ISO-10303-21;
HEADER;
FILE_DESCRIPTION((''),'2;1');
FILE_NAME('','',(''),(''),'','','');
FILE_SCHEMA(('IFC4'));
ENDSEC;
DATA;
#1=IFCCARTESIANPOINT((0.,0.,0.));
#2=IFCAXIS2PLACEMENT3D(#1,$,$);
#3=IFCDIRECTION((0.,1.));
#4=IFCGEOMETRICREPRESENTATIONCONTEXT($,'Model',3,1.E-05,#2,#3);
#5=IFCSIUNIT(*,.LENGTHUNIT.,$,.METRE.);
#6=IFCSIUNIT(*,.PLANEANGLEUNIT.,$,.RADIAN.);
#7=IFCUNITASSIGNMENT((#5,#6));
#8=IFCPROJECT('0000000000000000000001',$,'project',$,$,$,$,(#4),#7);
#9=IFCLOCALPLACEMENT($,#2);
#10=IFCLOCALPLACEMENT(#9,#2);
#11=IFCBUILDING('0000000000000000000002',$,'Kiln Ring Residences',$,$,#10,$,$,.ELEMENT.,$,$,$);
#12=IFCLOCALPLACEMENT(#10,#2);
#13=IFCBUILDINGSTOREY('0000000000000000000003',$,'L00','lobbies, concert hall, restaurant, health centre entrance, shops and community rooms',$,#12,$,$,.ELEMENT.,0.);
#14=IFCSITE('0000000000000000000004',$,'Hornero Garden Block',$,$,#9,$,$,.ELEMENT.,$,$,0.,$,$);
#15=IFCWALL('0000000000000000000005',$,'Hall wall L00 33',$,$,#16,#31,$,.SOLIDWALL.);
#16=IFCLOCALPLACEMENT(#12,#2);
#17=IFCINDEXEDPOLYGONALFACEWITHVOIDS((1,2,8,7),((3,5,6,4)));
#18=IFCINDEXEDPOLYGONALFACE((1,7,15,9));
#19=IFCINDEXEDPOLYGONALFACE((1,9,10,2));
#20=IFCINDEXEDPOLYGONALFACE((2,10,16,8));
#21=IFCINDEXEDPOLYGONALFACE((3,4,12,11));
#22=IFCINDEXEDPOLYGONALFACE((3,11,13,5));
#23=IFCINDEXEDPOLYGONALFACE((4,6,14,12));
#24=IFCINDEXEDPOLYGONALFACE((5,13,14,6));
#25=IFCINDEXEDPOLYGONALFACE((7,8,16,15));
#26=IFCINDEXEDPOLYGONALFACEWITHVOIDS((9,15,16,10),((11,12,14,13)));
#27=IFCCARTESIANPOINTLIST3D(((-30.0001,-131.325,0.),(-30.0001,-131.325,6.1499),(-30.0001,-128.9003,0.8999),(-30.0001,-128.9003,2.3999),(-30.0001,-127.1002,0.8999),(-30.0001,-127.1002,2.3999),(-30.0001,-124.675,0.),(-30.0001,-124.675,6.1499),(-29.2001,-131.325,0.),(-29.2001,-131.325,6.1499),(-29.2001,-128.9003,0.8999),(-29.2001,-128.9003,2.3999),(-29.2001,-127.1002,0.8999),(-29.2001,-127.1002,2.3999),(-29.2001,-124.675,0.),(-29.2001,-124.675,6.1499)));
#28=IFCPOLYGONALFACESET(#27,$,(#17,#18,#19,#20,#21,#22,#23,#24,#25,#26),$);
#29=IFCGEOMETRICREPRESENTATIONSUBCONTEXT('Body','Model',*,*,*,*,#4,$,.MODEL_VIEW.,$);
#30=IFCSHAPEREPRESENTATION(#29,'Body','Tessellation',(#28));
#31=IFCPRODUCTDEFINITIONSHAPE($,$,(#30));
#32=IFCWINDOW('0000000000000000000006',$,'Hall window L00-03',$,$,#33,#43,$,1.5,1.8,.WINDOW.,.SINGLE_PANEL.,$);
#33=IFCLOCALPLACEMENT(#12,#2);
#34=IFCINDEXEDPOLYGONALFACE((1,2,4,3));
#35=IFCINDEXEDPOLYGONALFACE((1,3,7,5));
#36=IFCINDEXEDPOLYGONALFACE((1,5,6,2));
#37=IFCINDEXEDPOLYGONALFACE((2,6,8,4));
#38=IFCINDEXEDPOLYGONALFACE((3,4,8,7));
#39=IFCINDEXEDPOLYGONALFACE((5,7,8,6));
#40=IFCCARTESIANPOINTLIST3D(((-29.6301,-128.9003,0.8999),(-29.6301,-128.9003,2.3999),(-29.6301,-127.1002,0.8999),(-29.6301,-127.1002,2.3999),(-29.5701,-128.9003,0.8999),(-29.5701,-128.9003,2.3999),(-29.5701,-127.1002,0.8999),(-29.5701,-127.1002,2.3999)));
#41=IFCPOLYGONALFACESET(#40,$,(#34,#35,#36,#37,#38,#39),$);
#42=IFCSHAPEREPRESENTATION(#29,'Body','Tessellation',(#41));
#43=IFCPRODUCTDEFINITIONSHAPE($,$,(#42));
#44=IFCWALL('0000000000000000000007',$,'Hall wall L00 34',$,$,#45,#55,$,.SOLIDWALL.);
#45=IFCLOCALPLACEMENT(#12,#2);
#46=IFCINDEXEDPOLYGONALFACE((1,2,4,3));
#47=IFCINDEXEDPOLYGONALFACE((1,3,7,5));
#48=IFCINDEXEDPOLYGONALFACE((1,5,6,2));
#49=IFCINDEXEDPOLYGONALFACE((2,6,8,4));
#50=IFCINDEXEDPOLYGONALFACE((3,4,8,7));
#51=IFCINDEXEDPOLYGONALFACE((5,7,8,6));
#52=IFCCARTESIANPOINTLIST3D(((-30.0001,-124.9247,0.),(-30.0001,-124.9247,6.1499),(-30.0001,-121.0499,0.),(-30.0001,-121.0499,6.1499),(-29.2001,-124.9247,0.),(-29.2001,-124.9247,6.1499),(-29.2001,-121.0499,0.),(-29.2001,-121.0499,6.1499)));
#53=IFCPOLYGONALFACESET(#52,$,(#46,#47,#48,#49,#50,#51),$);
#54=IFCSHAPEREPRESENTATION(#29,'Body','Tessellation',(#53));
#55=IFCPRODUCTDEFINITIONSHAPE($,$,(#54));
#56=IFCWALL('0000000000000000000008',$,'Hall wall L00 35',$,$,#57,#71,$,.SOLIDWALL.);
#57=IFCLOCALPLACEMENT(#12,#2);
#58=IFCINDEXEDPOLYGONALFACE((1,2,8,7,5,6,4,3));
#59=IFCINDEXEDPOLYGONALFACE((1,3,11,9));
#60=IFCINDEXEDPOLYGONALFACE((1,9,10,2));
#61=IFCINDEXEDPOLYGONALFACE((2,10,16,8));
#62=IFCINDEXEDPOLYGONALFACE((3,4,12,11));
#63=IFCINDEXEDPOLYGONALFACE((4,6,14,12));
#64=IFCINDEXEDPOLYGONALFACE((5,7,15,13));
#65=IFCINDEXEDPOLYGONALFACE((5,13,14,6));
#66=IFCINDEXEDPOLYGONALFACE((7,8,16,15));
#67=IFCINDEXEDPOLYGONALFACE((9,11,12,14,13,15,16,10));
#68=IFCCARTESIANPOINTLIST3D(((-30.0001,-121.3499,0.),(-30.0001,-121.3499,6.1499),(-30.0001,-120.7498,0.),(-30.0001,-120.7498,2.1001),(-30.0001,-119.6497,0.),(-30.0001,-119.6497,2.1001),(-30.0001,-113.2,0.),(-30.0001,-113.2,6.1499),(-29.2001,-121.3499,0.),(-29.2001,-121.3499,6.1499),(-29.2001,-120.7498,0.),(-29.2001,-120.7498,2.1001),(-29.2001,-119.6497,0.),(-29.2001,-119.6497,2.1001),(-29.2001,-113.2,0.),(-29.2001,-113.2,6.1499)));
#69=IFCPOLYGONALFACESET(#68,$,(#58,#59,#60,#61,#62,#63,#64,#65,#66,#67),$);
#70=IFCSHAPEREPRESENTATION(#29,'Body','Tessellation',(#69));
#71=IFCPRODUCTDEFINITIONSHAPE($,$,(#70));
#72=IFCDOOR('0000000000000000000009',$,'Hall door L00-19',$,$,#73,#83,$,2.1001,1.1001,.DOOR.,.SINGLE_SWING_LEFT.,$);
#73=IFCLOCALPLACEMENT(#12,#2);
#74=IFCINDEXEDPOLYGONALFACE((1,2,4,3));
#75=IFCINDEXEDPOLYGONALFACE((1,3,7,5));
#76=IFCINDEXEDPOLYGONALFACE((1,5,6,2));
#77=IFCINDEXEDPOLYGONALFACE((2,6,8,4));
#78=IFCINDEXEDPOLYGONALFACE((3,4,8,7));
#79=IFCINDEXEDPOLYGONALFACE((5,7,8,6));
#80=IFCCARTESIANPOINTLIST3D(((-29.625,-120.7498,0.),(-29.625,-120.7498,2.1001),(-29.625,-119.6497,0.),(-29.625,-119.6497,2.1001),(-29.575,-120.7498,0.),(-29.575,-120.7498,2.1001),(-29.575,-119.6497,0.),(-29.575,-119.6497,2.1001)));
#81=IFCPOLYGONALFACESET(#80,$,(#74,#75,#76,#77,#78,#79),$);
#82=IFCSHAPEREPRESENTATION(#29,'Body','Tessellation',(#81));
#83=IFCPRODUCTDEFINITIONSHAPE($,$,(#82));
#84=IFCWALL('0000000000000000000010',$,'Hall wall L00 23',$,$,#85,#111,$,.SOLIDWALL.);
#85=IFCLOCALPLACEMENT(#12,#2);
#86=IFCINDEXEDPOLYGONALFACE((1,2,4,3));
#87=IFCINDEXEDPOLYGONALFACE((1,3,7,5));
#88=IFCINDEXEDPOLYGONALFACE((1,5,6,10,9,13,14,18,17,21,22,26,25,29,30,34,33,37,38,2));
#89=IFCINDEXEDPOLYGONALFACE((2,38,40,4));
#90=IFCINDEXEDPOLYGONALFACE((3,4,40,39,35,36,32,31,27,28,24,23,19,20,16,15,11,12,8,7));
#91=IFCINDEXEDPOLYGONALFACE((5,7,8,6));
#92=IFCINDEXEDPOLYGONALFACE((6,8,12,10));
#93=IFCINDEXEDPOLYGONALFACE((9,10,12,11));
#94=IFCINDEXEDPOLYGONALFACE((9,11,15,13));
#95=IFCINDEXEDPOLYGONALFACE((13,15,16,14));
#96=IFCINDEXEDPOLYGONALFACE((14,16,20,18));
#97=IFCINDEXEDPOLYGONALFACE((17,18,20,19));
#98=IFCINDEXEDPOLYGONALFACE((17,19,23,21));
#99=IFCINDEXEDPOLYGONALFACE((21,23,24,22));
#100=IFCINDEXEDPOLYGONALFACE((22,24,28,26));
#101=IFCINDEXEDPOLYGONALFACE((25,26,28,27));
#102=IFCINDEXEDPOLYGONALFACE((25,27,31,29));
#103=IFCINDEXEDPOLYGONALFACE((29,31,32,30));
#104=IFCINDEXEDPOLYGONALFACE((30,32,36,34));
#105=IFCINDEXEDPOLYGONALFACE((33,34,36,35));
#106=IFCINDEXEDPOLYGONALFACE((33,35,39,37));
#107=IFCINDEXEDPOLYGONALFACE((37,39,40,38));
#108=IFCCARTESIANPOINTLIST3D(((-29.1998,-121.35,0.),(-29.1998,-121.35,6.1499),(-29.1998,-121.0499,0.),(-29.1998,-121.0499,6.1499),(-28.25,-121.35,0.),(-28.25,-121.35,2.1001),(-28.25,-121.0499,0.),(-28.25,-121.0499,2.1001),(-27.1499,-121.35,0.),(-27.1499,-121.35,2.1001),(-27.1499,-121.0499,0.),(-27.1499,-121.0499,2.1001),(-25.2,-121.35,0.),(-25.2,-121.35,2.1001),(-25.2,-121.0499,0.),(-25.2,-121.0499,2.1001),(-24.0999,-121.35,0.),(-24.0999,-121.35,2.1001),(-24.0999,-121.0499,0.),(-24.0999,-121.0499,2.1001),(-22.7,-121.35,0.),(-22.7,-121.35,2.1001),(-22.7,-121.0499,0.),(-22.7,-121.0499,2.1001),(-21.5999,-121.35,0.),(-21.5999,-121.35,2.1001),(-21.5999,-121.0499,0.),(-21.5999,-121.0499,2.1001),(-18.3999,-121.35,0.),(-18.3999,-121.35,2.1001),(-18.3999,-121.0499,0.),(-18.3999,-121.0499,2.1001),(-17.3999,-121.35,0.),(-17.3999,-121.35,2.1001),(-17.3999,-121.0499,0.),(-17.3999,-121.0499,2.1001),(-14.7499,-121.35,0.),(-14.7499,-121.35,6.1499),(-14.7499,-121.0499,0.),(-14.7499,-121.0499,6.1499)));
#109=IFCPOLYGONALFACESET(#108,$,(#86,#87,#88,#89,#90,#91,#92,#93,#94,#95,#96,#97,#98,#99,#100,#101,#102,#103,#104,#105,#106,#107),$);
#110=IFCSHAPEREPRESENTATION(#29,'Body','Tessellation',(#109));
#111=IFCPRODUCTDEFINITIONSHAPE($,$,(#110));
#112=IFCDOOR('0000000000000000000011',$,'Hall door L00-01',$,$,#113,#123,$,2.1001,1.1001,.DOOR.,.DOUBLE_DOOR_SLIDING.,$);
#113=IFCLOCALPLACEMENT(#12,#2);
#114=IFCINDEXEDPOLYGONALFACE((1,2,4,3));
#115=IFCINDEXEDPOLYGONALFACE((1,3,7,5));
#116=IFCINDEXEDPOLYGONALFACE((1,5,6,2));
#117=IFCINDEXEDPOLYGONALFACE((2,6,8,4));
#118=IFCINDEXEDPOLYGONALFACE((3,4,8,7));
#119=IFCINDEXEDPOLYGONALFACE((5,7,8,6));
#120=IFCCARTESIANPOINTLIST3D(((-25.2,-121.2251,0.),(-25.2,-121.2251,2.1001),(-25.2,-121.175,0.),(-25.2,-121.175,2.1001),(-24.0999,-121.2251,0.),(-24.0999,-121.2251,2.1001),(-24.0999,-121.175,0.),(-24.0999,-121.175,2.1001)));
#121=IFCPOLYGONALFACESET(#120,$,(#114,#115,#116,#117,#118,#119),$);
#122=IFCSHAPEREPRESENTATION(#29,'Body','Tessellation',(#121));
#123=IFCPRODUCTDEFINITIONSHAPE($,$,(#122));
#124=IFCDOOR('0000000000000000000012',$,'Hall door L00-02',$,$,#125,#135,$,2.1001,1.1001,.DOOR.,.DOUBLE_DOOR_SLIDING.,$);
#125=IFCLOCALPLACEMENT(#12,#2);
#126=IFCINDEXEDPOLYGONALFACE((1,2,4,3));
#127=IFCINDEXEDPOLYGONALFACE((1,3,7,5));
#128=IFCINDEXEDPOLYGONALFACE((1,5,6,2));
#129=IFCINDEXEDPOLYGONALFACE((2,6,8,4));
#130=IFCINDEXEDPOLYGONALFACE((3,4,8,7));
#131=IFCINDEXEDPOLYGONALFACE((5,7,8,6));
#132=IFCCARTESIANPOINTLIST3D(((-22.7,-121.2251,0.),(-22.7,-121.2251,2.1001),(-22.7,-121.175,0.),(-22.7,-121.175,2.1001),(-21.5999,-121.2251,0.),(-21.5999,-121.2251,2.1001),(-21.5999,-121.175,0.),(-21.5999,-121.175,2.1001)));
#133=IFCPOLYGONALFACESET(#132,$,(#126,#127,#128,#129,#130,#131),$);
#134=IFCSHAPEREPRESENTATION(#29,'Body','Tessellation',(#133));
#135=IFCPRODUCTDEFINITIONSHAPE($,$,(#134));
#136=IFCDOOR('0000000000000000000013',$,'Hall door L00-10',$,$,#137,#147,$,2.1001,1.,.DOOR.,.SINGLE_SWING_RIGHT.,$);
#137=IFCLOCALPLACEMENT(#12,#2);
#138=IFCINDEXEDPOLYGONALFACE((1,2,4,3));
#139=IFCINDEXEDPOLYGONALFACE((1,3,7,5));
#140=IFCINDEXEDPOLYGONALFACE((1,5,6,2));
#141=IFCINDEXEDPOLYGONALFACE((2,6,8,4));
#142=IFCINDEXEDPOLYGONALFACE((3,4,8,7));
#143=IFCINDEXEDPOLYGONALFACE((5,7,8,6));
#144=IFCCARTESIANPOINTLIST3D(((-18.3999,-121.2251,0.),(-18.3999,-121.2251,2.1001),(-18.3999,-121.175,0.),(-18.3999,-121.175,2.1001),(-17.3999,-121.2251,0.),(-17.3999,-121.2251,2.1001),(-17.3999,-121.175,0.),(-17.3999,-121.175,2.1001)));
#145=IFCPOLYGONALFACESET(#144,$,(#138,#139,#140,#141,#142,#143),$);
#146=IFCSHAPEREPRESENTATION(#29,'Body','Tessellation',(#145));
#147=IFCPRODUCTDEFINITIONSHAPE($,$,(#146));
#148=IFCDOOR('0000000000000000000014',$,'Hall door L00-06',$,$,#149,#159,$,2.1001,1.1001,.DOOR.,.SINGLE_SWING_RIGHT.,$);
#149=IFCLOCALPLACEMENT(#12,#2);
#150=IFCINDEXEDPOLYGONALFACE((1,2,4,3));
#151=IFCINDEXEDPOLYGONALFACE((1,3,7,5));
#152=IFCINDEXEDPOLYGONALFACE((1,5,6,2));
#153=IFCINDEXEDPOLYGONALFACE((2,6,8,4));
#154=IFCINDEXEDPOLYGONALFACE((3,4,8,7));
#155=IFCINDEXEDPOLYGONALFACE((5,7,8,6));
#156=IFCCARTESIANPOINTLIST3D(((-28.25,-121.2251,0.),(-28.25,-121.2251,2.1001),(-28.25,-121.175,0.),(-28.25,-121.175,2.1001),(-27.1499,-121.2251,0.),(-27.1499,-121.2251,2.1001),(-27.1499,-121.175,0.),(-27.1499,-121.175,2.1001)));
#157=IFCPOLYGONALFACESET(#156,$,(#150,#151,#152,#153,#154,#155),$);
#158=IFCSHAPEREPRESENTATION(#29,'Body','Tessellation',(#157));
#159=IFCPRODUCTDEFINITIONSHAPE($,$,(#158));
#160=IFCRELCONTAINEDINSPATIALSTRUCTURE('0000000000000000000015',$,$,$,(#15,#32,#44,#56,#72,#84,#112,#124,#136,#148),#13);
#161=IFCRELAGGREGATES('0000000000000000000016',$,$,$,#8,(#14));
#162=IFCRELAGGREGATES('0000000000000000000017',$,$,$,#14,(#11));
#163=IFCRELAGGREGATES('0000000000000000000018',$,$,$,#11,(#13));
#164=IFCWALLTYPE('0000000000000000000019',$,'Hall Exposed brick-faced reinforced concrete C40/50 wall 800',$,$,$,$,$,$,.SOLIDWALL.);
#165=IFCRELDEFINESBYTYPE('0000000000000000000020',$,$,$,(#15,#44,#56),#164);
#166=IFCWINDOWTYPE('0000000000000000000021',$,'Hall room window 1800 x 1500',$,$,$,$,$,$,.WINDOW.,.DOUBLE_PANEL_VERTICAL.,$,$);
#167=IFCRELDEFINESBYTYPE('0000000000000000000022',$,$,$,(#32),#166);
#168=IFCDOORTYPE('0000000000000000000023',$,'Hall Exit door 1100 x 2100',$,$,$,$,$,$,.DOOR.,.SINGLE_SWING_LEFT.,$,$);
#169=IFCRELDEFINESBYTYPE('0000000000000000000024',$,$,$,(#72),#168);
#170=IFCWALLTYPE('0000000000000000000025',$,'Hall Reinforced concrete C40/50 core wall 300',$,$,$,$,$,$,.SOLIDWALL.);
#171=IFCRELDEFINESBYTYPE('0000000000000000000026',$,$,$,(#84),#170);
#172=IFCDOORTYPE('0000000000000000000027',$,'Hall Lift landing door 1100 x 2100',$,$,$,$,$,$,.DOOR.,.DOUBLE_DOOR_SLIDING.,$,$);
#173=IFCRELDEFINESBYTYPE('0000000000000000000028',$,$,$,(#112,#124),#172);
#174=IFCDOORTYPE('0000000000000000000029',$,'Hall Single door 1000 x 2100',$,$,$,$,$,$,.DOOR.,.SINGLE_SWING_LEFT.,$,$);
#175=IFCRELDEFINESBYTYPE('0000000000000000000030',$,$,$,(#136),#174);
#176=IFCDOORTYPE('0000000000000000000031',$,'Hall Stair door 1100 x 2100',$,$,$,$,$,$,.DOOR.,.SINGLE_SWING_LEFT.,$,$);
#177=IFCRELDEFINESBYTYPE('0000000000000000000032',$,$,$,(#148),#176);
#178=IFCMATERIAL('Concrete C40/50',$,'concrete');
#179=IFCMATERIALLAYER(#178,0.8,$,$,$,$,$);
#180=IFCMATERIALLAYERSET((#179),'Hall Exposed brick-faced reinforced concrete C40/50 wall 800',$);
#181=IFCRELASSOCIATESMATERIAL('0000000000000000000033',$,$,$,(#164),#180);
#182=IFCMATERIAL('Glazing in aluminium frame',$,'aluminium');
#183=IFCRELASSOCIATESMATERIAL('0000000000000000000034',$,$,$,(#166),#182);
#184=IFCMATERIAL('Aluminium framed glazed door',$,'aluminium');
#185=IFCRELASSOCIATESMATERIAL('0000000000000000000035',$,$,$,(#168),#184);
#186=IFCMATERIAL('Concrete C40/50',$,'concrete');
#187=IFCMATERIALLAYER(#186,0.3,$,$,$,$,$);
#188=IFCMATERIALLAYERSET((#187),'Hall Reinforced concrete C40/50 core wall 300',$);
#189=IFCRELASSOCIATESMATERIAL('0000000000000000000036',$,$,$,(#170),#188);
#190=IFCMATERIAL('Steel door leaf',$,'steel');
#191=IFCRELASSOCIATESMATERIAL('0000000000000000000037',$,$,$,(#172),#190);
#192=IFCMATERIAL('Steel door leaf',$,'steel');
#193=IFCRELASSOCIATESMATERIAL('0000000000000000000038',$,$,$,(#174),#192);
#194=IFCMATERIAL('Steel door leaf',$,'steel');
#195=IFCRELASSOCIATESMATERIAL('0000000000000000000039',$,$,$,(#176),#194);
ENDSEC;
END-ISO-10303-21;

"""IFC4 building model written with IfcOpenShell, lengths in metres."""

from ifc_helpers import new_model, si_unit, direction, frame, frame_2d, origin, place, context, subcontext, project, spatial, rectangle, extrude, material, layer, layer_set, type_object, element, fill, save


model = new_model("IFC4")

# Units and contexts
model_context = context("Model", 3, precision=1e-05, world=origin(), true_north=direction((0.0, 1.0)))
body_context = subcontext(model_context, "Body", "Model", "MODEL_VIEW")
ifc_project = project(units=[si_unit("LENGTHUNIT", "METRE"), si_unit("PLANEANGLEUNIT", "RADIAN")], contexts=[model_context])

# Site, building, storey
site_placement = place(None, origin())
site = spatial("IfcSite", under=ifc_project, at=site_placement, Name="Hornero Garden Block", CompositionType="ELEMENT", RefElevation=0.0)
building_placement = place(site_placement, origin())
building = spatial("IfcBuilding", under=site, at=building_placement, Name="Kiln Ring Residences", CompositionType="ELEMENT")
storey_placement = place(building_placement, origin())
storey = spatial("IfcBuildingStorey", under=building, at=storey_placement, Name="L00", Description="lobbies, concert hall, restaurant, health centre entrance, shops and community rooms", CompositionType="ELEMENT", Elevation=0.0)

# Wall, opening, window
ifc_material_1 = material(Name="Concrete C40/50", Category="concrete")
ifc_layer_1 = layer(ifc_material_1, 0.8)
ifc_layer_set_1 = layer_set([ifc_layer_1], Name="Hall Exposed brick-faced reinforced concrete C40/50 wall 800")
wall_type_1 = type_object("IfcWallType", Name="Hall Exposed brick-faced reinforced concrete C40/50 wall 800", PredefinedType="SOLIDWALL", material=ifc_layer_set_1)
wall_1_placement = place(storey_placement, frame((-29.6001, -131.325, 0.0), z_axis=(0.0, 0.0, 1.0), x_axis=(0.0, 1.0, 0.0)))
wall_1 = element("IfcWall", 1, at=wall_1_placement, inside=storey, type_object=wall_type_1, Name="Hall wall L00 33", PredefinedType="SOLIDWALL", context=body_context, shape_type="SweptSolid", body=[
    extrude(rectangle(XDim=6.6499, YDim=0.8, at=frame_2d((3.325, 0.0))), origin(), (0.0, 0.0, 1.0), 6.1499),
])
opening_1_placement = place(wall_1_placement, frame((2.4248, 0.0, 0.8999)))
opening_1 = element("IfcOpeningElement", 2, at=opening_1_placement, cuts=wall_1, PredefinedType="OPENING", context=body_context, shape_type="SweptSolid", body=[
    extrude(rectangle(XDim=1.8, YDim=1.5, at=frame_2d((0.8999, 0.75))), frame((0.0, 0.4099, 0.0), z_axis=(0.0, -1.0, 0.0), x_axis=(1.0, 0.0, 0.0)), (0.0, 0.0, 1.0), 0.8201),
])
ifc_material_2 = material(Name="Glazing in aluminium frame", Category="aluminium")
window_type = type_object("IfcWindowType", Name="Hall room window 1800 x 1500", PartitioningType="DOUBLE_PANEL_VERTICAL", PredefinedType="WINDOW", material=ifc_material_2)
window_placement = place(opening_1_placement, origin())
window = element("IfcWindow", 3, at=window_placement, inside=storey, type_object=window_type, Name="Hall window L00-03", OverallHeight=1.5, OverallWidth=1.8, PartitioningType="SINGLE_PANEL", PredefinedType="WINDOW", context=body_context, shape_type="SweptSolid", body=[
    extrude(rectangle(XDim=1.8, YDim=1.5, at=frame_2d((0.8999, 0.75))), frame((0.0, 0.03, 0.0), z_axis=(0.0, -1.0, 0.0), x_axis=(1.0, 0.0, 0.0)), (0.0, 0.0, 1.0), 0.0601),
])
fill(opening_1, window)

# Wall
wall_2_placement = place(storey_placement, frame((-29.6001, -124.9248, 0.0), z_axis=(0.0, 0.0, 1.0), x_axis=(0.0, 1.0, 0.0)))
element("IfcWall", 4, at=wall_2_placement, inside=storey, type_object=wall_type_1, Name="Hall wall L00 34", PredefinedType="SOLIDWALL", context=body_context, shape_type="SweptSolid", body=[
    extrude(rectangle(XDim=3.8748, YDim=0.8, at=frame_2d((1.9375, 0.0))), origin(), (0.0, 0.0, 1.0), 6.1499),
])

# Wall, opening, door
wall_3_placement = place(storey_placement, frame((-29.6001, -121.3499, 0.0), z_axis=(0.0, 0.0, 1.0), x_axis=(0.0, 1.0, 0.0)))
wall_3 = element("IfcWall", 5, at=wall_3_placement, inside=storey, type_object=wall_type_1, Name="Hall wall L00 35", PredefinedType="SOLIDWALL", context=body_context, shape_type="SweptSolid", body=[
    extrude(rectangle(XDim=8.1499, YDim=0.8, at=frame_2d((4.075, 0.0))), origin(), (0.0, 0.0, 1.0), 6.1499),
])
opening_2_placement = place(wall_3_placement, frame((0.6001, 0.0, 0.0)))
opening_2 = element("IfcOpeningElement", 6, at=opening_2_placement, cuts=wall_3, PredefinedType="OPENING", context=body_context, shape_type="SweptSolid", body=[
    extrude(rectangle(XDim=1.1001, YDim=2.1001, at=frame_2d((0.55, 1.05))), frame((0.0, 0.4099, 0.0), z_axis=(0.0, -1.0, 0.0), x_axis=(1.0, 0.0, 0.0)), (0.0, 0.0, 1.0), 0.8201),
])
ifc_material_3 = material(Name="Aluminium framed glazed door", Category="aluminium")
door_type_1 = type_object("IfcDoorType", Name="Hall Exit door 1100 x 2100", OperationType="SINGLE_SWING_LEFT", PredefinedType="DOOR", material=ifc_material_3)
door_1_placement = place(opening_2_placement, origin())
door_1 = element("IfcDoor", 7, at=door_1_placement, inside=storey, type_object=door_type_1, Name="Hall door L00-19", OperationType="SINGLE_SWING_LEFT", OverallHeight=2.1001, OverallWidth=1.1001, PredefinedType="DOOR", context=body_context, shape_type="SweptSolid", body=[
    extrude(rectangle(XDim=1.1001, YDim=2.1001, at=frame_2d((0.55, 1.05))), frame((0.0, 0.0249, 0.0), z_axis=(0.0, -1.0, 0.0), x_axis=(1.0, 0.0, 0.0)), (0.0, 0.0, 1.0), 0.05),
])
fill(opening_2, door_1)

# Wall, openings, doors
ifc_material_4 = material(Name="Concrete C40/50", Category="concrete")
ifc_layer_2 = layer(ifc_material_4, 0.3)
ifc_layer_set_2 = layer_set([ifc_layer_2], Name="Hall Reinforced concrete C40/50 core wall 300")
wall_type_2 = type_object("IfcWallType", Name="Hall Reinforced concrete C40/50 core wall 300", PredefinedType="SOLIDWALL", material=ifc_layer_set_2)
wall_4_placement = place(storey_placement, frame((-29.2, -121.2, 0.0), z_axis=(0.0, 0.0, 1.0), x_axis=(1.0, 0.0, 0.0)))
wall_4 = element("IfcWall", 8, at=wall_4_placement, inside=storey, type_object=wall_type_2, Name="Hall wall L00 23", PredefinedType="SOLIDWALL", context=body_context, shape_type="SweptSolid", body=[
    extrude(rectangle(XDim=14.45, YDim=0.3, at=frame_2d((7.2251, 0.0))), origin(), (0.0, 0.0, 1.0), 6.1499),
])
opening_3_placement = place(wall_4_placement, frame((4.0, 0.0, 0.0)))
opening_3 = element("IfcOpeningElement", 9, at=opening_3_placement, cuts=wall_4, PredefinedType="OPENING", context=body_context, shape_type="SweptSolid", body=[
    extrude(rectangle(XDim=1.1001, YDim=2.1001, at=frame_2d((0.55, 1.05))), frame((0.0, 0.1599, 0.0), z_axis=(0.0, -1.0, 0.0), x_axis=(1.0, 0.0, 0.0)), (0.0, 0.0, 1.0), 0.3201),
])
opening_4_placement = place(wall_4_placement, frame((6.5, 0.0, 0.0)))
opening_4 = element("IfcOpeningElement", 10, at=opening_4_placement, cuts=wall_4, PredefinedType="OPENING", context=body_context, shape_type="SweptSolid", body=[
    extrude(rectangle(XDim=1.1001, YDim=2.1001, at=frame_2d((0.55, 1.05))), frame((0.0, 0.1599, 0.0), z_axis=(0.0, -1.0, 0.0), x_axis=(1.0, 0.0, 0.0)), (0.0, 0.0, 1.0), 0.3201),
])
opening_5_placement = place(wall_4_placement, frame((0.95, 0.0, 0.0)))
opening_5 = element("IfcOpeningElement", 11, at=opening_5_placement, cuts=wall_4, PredefinedType="OPENING", context=body_context, shape_type="SweptSolid", body=[
    extrude(rectangle(XDim=1.1001, YDim=2.1001, at=frame_2d((0.55, 1.05))), frame((0.0, 0.1599, 0.0), z_axis=(0.0, -1.0, 0.0), x_axis=(1.0, 0.0, 0.0)), (0.0, 0.0, 1.0), 0.3201),
])
opening_6_placement = place(wall_4_placement, frame((10.8, 0.0, 0.0)))
opening_6 = element("IfcOpeningElement", 12, at=opening_6_placement, cuts=wall_4, PredefinedType="OPENING", context=body_context, shape_type="SweptSolid", body=[
    extrude(rectangle(XDim=1.0, YDim=2.1001, at=frame_2d((0.5, 1.05))), frame((0.0, 0.1599, 0.0), z_axis=(0.0, -1.0, 0.0), x_axis=(1.0, 0.0, 0.0)), (0.0, 0.0, 1.0), 0.3201),
])
ifc_material_5 = material(Name="Steel door leaf", Category="steel")
door_type_2 = type_object("IfcDoorType", Name="Hall Lift landing door 1100 x 2100", OperationType="DOUBLE_DOOR_SLIDING", PredefinedType="DOOR", material=ifc_material_5)
door_2_placement = place(opening_3_placement, origin())
door_2 = element("IfcDoor", 13, at=door_2_placement, inside=storey, type_object=door_type_2, Name="Hall door L00-01", OperationType="DOUBLE_DOOR_SLIDING", OverallHeight=2.1001, OverallWidth=1.1001, PredefinedType="DOOR", context=body_context, shape_type="SweptSolid", body=[
    extrude(rectangle(XDim=1.1001, YDim=2.1001, at=frame_2d((0.55, 1.05))), frame((0.0, 0.0249, 0.0), z_axis=(0.0, -1.0, 0.0), x_axis=(1.0, 0.0, 0.0)), (0.0, 0.0, 1.0), 0.05),
])
fill(opening_3, door_2)
door_3_placement = place(opening_4_placement, origin())
door_3 = element("IfcDoor", 14, at=door_3_placement, inside=storey, type_object=door_type_2, Name="Hall door L00-02", OperationType="DOUBLE_DOOR_SLIDING", OverallHeight=2.1001, OverallWidth=1.1001, PredefinedType="DOOR", context=body_context, shape_type="SweptSolid", body=[
    extrude(rectangle(XDim=1.1001, YDim=2.1001, at=frame_2d((0.55, 1.05))), frame((0.0, 0.0249, 0.0), z_axis=(0.0, -1.0, 0.0), x_axis=(1.0, 0.0, 0.0)), (0.0, 0.0, 1.0), 0.05),
])
fill(opening_4, door_3)
ifc_material_6 = material(Name="Steel door leaf", Category="steel")
door_type_3 = type_object("IfcDoorType", Name="Hall Single door 1000 x 2100", OperationType="SINGLE_SWING_LEFT", PredefinedType="DOOR", material=ifc_material_6)
door_4_placement = place(opening_6_placement, origin())
door_4 = element("IfcDoor", 15, at=door_4_placement, inside=storey, type_object=door_type_3, Name="Hall door L00-10", OperationType="SINGLE_SWING_RIGHT", OverallHeight=2.1001, OverallWidth=1.0, PredefinedType="DOOR", context=body_context, shape_type="SweptSolid", body=[
    extrude(rectangle(XDim=1.0, YDim=2.1001, at=frame_2d((0.5, 1.05))), frame((0.0, 0.0249, 0.0), z_axis=(0.0, -1.0, 0.0), x_axis=(1.0, 0.0, 0.0)), (0.0, 0.0, 1.0), 0.05),
])
fill(opening_6, door_4)
ifc_material_7 = material(Name="Steel door leaf", Category="steel")
door_type_4 = type_object("IfcDoorType", Name="Hall Stair door 1100 x 2100", OperationType="SINGLE_SWING_LEFT", PredefinedType="DOOR", material=ifc_material_7)
door_5_placement = place(opening_5_placement, origin())
door_5 = element("IfcDoor", 16, at=door_5_placement, inside=storey, type_object=door_type_4, Name="Hall door L00-06", OperationType="SINGLE_SWING_RIGHT", OverallHeight=2.1001, OverallWidth=1.1001, PredefinedType="DOOR", context=body_context, shape_type="SweptSolid", body=[
    extrude(rectangle(XDim=1.1001, YDim=2.1001, at=frame_2d((0.55, 1.05))), frame((0.0, 0.0249, 0.0), z_axis=(0.0, -1.0, 0.0), x_axis=(1.0, 0.0, 0.0)), (0.0, 0.0, 1.0), 0.05),
])
fill(opening_5, door_5)

save(model, "model.ifc")
